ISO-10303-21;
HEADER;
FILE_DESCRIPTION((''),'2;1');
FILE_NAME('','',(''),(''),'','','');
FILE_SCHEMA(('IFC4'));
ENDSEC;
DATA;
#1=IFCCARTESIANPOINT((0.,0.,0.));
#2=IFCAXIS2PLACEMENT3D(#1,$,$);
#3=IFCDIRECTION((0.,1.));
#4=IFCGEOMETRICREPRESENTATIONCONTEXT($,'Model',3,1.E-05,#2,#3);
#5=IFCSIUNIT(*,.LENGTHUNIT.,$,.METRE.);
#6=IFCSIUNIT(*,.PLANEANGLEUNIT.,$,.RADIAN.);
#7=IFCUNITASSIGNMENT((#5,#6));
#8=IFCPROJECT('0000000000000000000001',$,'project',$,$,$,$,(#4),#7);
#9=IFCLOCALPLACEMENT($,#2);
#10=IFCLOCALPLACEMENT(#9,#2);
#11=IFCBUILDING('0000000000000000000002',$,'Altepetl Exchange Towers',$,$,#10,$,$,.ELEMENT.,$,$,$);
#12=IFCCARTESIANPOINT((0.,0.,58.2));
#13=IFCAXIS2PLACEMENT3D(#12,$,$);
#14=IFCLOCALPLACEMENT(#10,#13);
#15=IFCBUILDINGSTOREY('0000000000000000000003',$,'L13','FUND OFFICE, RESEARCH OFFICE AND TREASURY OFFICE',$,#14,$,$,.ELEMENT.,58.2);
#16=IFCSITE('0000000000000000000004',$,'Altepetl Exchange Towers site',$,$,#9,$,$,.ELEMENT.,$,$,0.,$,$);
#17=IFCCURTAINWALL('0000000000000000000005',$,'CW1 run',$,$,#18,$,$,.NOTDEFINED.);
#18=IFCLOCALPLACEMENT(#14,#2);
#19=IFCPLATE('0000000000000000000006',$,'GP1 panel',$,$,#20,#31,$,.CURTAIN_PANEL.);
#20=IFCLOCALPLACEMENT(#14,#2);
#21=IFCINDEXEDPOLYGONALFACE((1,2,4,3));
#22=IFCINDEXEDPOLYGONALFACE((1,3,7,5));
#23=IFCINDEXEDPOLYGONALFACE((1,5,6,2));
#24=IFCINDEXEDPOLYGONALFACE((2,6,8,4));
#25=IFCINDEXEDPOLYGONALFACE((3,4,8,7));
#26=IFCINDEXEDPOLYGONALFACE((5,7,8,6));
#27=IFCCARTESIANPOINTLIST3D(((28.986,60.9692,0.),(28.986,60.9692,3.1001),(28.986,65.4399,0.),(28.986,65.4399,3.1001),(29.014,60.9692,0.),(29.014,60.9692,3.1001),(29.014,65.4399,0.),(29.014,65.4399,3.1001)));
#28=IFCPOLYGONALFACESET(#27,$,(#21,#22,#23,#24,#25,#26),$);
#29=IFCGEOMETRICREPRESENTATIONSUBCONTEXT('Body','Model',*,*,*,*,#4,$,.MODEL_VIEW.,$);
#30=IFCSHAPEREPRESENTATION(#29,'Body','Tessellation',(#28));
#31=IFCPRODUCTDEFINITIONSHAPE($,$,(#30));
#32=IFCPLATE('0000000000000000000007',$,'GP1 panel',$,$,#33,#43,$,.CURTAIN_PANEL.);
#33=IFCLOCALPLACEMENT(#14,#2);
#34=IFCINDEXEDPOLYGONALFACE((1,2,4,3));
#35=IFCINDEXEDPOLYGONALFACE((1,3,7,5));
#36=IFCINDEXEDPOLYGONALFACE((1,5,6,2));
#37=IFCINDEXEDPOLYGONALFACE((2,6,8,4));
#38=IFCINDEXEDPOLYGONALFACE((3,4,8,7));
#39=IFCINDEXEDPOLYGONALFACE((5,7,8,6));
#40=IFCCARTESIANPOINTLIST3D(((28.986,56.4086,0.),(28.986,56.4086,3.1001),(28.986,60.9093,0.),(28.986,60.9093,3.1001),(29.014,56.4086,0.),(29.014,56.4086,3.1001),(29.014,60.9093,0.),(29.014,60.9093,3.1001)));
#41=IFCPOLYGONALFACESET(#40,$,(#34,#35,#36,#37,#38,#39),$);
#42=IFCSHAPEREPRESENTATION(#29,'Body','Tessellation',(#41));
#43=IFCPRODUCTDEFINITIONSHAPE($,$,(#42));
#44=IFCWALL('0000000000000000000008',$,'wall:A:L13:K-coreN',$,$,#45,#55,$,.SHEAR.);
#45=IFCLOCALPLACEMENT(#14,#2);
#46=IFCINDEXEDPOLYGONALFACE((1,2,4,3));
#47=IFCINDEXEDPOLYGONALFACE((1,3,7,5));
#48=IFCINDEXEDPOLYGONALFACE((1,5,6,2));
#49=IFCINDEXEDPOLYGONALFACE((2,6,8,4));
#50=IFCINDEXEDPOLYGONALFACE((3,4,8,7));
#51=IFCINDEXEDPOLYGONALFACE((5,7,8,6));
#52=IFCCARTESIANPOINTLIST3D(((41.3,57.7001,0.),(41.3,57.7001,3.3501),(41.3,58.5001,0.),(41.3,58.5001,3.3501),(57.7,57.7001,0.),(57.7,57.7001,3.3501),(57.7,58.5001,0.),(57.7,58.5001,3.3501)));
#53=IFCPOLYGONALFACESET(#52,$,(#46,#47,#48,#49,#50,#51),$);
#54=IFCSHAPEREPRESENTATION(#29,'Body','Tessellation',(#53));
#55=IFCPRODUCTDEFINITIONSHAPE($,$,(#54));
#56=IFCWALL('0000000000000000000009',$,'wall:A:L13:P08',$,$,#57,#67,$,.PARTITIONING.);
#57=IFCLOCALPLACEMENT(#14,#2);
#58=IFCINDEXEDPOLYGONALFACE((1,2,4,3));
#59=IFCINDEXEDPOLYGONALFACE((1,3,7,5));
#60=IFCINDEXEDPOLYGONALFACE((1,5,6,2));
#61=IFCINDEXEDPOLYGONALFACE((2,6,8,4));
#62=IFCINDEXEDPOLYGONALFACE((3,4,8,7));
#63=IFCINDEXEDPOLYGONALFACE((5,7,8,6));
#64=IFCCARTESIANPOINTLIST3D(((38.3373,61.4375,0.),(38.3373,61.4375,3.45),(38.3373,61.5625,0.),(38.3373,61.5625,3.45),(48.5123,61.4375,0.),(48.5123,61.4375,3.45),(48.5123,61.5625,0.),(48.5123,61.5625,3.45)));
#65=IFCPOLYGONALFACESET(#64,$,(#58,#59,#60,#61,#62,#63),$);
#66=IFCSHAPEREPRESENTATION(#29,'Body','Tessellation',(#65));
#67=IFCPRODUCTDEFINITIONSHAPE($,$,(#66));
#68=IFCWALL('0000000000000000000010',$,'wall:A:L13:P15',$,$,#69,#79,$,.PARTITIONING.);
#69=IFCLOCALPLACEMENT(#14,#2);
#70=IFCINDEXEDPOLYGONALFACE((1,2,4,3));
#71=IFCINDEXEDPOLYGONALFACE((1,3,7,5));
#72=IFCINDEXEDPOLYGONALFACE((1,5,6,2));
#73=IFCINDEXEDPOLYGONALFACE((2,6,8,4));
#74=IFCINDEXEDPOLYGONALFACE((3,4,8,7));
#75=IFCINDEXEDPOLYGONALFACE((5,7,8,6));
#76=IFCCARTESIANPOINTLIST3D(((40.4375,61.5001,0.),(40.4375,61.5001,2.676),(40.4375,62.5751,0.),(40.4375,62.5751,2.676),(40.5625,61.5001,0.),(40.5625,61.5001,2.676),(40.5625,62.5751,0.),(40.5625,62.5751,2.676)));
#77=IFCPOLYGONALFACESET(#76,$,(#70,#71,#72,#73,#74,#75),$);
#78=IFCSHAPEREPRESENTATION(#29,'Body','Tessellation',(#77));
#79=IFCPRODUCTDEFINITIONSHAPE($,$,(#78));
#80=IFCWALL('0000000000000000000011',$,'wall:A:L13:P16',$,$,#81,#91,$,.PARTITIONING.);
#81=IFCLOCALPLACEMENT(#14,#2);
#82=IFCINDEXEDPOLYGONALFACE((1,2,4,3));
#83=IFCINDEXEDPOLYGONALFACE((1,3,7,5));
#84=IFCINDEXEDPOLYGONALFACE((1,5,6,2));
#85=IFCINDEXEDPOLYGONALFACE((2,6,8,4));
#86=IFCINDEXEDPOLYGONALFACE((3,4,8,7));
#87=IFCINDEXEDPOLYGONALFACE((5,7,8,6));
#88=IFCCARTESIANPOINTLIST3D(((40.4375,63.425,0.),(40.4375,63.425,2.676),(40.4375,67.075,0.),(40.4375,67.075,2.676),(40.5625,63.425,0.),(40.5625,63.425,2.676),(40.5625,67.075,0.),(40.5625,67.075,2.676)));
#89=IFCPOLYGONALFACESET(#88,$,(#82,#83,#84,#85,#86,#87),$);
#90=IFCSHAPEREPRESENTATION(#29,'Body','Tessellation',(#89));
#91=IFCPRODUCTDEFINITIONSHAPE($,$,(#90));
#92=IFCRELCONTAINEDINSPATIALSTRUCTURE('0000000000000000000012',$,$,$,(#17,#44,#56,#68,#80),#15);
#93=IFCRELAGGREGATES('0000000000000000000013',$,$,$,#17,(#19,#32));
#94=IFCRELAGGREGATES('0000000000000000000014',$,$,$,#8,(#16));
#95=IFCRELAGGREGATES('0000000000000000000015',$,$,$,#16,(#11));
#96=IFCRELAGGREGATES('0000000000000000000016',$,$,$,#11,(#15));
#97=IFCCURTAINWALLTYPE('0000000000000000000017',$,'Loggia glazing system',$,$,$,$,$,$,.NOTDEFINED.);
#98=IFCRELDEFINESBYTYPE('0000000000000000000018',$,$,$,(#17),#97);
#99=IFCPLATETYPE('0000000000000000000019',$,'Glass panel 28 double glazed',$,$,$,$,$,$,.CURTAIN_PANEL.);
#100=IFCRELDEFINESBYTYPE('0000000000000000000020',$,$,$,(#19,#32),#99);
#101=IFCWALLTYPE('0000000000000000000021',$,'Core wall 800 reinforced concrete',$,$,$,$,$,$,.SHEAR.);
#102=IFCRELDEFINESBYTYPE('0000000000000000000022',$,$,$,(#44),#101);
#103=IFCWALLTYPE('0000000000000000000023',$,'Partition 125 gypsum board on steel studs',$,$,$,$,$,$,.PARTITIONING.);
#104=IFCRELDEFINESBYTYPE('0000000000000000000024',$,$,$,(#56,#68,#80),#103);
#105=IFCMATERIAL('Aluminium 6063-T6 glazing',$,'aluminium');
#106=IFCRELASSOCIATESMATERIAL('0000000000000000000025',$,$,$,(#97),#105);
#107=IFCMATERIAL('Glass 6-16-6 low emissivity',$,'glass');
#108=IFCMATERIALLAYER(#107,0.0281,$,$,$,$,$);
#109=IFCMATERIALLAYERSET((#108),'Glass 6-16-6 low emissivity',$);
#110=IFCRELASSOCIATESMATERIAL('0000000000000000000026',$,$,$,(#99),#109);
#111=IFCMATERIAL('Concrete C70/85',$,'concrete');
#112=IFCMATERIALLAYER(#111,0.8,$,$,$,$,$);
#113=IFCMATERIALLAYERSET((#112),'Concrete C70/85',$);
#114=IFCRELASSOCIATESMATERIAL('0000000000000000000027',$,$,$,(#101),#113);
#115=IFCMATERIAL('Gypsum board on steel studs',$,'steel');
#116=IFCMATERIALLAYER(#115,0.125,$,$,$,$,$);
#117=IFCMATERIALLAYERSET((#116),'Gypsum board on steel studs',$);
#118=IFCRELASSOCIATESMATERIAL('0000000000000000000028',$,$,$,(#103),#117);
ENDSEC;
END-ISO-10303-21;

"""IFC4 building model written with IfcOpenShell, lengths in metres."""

from ifc_helpers import new_model, si_unit, direction, frame, frame_2d, origin, origin_2d, place, context, subcontext, project, spatial, rectangle, extrude, material, layer, layer_set, type_object, element, aggregate, save


model = new_model("IFC4")

# Units and contexts
model_context = context("Model", 3, precision=1e-05, world=origin(), true_north=direction((0.0, 1.0)))
body_context = subcontext(model_context, "Body", "Model", "MODEL_VIEW")
ifc_project = project(units=[si_unit("LENGTHUNIT", "METRE"), si_unit("PLANEANGLEUNIT", "RADIAN")], contexts=[model_context])

# Site, building, storey
site_placement = place(None, origin())
site = spatial("IfcSite", under=ifc_project, at=site_placement, Name="Altepetl Exchange Towers site", CompositionType="ELEMENT", RefElevation=0.0)
building_placement = place(site_placement, origin())
building = spatial("IfcBuilding", under=site, at=building_placement, Name="Altepetl Exchange Towers", CompositionType="ELEMENT")
storey_placement = place(building_placement, frame((0.0, 0.0, 58.2)))
storey = spatial("IfcBuildingStorey", under=building, at=storey_placement, Name="L13", Description="FUND OFFICE, RESEARCH OFFICE AND TREASURY OFFICE", CompositionType="ELEMENT", Elevation=58.2)

# Shared definitions
ifc_material_1 = material(Name="Concrete C70/85", Category="concrete")

# Curtain wall
ifc_material_2 = material(Name="Aluminium 6063-T6 glazing", Category="aluminium")
curtain_wall_type = type_object("IfcCurtainWallType", Name="Loggia glazing system", PredefinedType="NOTDEFINED", material=ifc_material_2)
curtain_wall_placement = place(storey_placement, origin())
curtain_wall = element("IfcCurtainWall", 1, at=curtain_wall_placement, inside=storey, type_object=curtain_wall_type, Name="CW1 run", PredefinedType="NOTDEFINED")

# Plates
ifc_material_3 = material(Name="Glass 6-16-6 low emissivity", Category="glass")
ifc_layer_1 = layer(ifc_material_3, 0.0281)
ifc_layer_set_1 = layer_set([ifc_layer_1], Name="Glass 6-16-6 low emissivity")
plate_type = type_object("IfcPlateType", Name="Glass panel 28 double glazed", PredefinedType="CURTAIN_PANEL", material=ifc_layer_set_1)
plate_1_placement = place(storey_placement, frame((29.0, 63.2046, 0.0), z_axis=(0.0, 0.0, 1.0), x_axis=(0.0, -1.0, 0.0)))
plate_1 = element("IfcPlate", 2, at=plate_1_placement, type_object=plate_type, Name="GP1 panel", PredefinedType="CURTAIN_PANEL", context=body_context, shape_type="SweptSolid", body=[
    extrude(rectangle(XDim=4.4707, YDim=0.0281, at=origin_2d()), origin(), (0.0, 0.0, 1.0), 3.1001),
])
plate_2_placement = place(storey_placement, frame((29.0, 58.6589, 0.0), z_axis=(0.0, 0.0, 1.0), x_axis=(0.0, -1.0, 0.0)))
plate_2 = element("IfcPlate", 3, at=plate_2_placement, type_object=plate_type, Name="GP1 panel", PredefinedType="CURTAIN_PANEL", context=body_context, shape_type="SweptSolid", body=[
    extrude(rectangle(XDim=4.5007, YDim=0.0281, at=origin_2d()), origin(), (0.0, 0.0, 1.0), 3.1001),
])
aggregate(curtain_wall, [plate_1, plate_2])

# Walls
ifc_layer_2 = layer(ifc_material_1, 0.8)
ifc_layer_set_2 = layer_set([ifc_layer_2], Name="Concrete C70/85")
wall_type_1 = type_object("IfcWallType", Name="Core wall 800 reinforced concrete", PredefinedType="SHEAR", material=ifc_layer_set_2)
wall_1_placement = place(storey_placement, frame((41.3, 58.1001, 0.0)))
element("IfcWall", 4, at=wall_1_placement, inside=storey, type_object=wall_type_1, Name="wall:A:L13:K-coreN", PredefinedType="SHEAR", context=body_context, shape_type="SweptSolid", body=[
    extrude(rectangle(XDim=16.3999, YDim=0.8, at=frame_2d((8.2, 0.0))), origin(), (0.0, 0.0, 1.0), 3.3501),
])
ifc_material_4 = material(Name="Gypsum board on steel studs", Category="steel")
ifc_layer_3 = layer(ifc_material_4, 0.125)
ifc_layer_set_3 = layer_set([ifc_layer_3], Name="Gypsum board on steel studs")
wall_type_2 = type_object("IfcWallType", Name="Partition 125 gypsum board on steel studs", PredefinedType="PARTITIONING", material=ifc_layer_set_3)
wall_2_placement = place(storey_placement, frame((38.3374, 61.5, 0.0)))
element("IfcWall", 5, at=wall_2_placement, inside=storey, type_object=wall_type_2, Name="wall:A:L13:P08", PredefinedType="PARTITIONING", context=body_context, shape_type="SweptSolid", body=[
    extrude(rectangle(XDim=10.175, YDim=0.125, at=frame_2d((5.0874, 0.0))), origin(), (0.0, 0.0, 1.0), 3.45),
])
wall_3_placement = place(storey_placement, frame((40.5, 61.5, 0.0), z_axis=(0.0, 0.0, 1.0), x_axis=(0.0, 1.0, 0.0)))
element("IfcWall", 6, at=wall_3_placement, inside=storey, type_object=wall_type_2, Name="wall:A:L13:P15", PredefinedType="PARTITIONING", context=body_context, shape_type="SweptSolid", body=[
    extrude(rectangle(XDim=1.075, YDim=0.125, at=frame_2d((0.5376, 0.0))), origin(), (0.0, 0.0, 1.0), 2.676),
])
wall_4_placement = place(storey_placement, frame((40.5, 63.425, 0.0), z_axis=(0.0, 0.0, 1.0), x_axis=(0.0, 1.0, 0.0)))
element("IfcWall", 7, at=wall_4_placement, inside=storey, type_object=wall_type_2, Name="wall:A:L13:P16", PredefinedType="PARTITIONING", context=body_context, shape_type="SweptSolid", body=[
    extrude(rectangle(XDim=3.6499, YDim=0.125, at=frame_2d((1.825, 0.0))), origin(), (0.0, 0.0, 1.0), 2.676),
])

save(model, "model.ifc")
